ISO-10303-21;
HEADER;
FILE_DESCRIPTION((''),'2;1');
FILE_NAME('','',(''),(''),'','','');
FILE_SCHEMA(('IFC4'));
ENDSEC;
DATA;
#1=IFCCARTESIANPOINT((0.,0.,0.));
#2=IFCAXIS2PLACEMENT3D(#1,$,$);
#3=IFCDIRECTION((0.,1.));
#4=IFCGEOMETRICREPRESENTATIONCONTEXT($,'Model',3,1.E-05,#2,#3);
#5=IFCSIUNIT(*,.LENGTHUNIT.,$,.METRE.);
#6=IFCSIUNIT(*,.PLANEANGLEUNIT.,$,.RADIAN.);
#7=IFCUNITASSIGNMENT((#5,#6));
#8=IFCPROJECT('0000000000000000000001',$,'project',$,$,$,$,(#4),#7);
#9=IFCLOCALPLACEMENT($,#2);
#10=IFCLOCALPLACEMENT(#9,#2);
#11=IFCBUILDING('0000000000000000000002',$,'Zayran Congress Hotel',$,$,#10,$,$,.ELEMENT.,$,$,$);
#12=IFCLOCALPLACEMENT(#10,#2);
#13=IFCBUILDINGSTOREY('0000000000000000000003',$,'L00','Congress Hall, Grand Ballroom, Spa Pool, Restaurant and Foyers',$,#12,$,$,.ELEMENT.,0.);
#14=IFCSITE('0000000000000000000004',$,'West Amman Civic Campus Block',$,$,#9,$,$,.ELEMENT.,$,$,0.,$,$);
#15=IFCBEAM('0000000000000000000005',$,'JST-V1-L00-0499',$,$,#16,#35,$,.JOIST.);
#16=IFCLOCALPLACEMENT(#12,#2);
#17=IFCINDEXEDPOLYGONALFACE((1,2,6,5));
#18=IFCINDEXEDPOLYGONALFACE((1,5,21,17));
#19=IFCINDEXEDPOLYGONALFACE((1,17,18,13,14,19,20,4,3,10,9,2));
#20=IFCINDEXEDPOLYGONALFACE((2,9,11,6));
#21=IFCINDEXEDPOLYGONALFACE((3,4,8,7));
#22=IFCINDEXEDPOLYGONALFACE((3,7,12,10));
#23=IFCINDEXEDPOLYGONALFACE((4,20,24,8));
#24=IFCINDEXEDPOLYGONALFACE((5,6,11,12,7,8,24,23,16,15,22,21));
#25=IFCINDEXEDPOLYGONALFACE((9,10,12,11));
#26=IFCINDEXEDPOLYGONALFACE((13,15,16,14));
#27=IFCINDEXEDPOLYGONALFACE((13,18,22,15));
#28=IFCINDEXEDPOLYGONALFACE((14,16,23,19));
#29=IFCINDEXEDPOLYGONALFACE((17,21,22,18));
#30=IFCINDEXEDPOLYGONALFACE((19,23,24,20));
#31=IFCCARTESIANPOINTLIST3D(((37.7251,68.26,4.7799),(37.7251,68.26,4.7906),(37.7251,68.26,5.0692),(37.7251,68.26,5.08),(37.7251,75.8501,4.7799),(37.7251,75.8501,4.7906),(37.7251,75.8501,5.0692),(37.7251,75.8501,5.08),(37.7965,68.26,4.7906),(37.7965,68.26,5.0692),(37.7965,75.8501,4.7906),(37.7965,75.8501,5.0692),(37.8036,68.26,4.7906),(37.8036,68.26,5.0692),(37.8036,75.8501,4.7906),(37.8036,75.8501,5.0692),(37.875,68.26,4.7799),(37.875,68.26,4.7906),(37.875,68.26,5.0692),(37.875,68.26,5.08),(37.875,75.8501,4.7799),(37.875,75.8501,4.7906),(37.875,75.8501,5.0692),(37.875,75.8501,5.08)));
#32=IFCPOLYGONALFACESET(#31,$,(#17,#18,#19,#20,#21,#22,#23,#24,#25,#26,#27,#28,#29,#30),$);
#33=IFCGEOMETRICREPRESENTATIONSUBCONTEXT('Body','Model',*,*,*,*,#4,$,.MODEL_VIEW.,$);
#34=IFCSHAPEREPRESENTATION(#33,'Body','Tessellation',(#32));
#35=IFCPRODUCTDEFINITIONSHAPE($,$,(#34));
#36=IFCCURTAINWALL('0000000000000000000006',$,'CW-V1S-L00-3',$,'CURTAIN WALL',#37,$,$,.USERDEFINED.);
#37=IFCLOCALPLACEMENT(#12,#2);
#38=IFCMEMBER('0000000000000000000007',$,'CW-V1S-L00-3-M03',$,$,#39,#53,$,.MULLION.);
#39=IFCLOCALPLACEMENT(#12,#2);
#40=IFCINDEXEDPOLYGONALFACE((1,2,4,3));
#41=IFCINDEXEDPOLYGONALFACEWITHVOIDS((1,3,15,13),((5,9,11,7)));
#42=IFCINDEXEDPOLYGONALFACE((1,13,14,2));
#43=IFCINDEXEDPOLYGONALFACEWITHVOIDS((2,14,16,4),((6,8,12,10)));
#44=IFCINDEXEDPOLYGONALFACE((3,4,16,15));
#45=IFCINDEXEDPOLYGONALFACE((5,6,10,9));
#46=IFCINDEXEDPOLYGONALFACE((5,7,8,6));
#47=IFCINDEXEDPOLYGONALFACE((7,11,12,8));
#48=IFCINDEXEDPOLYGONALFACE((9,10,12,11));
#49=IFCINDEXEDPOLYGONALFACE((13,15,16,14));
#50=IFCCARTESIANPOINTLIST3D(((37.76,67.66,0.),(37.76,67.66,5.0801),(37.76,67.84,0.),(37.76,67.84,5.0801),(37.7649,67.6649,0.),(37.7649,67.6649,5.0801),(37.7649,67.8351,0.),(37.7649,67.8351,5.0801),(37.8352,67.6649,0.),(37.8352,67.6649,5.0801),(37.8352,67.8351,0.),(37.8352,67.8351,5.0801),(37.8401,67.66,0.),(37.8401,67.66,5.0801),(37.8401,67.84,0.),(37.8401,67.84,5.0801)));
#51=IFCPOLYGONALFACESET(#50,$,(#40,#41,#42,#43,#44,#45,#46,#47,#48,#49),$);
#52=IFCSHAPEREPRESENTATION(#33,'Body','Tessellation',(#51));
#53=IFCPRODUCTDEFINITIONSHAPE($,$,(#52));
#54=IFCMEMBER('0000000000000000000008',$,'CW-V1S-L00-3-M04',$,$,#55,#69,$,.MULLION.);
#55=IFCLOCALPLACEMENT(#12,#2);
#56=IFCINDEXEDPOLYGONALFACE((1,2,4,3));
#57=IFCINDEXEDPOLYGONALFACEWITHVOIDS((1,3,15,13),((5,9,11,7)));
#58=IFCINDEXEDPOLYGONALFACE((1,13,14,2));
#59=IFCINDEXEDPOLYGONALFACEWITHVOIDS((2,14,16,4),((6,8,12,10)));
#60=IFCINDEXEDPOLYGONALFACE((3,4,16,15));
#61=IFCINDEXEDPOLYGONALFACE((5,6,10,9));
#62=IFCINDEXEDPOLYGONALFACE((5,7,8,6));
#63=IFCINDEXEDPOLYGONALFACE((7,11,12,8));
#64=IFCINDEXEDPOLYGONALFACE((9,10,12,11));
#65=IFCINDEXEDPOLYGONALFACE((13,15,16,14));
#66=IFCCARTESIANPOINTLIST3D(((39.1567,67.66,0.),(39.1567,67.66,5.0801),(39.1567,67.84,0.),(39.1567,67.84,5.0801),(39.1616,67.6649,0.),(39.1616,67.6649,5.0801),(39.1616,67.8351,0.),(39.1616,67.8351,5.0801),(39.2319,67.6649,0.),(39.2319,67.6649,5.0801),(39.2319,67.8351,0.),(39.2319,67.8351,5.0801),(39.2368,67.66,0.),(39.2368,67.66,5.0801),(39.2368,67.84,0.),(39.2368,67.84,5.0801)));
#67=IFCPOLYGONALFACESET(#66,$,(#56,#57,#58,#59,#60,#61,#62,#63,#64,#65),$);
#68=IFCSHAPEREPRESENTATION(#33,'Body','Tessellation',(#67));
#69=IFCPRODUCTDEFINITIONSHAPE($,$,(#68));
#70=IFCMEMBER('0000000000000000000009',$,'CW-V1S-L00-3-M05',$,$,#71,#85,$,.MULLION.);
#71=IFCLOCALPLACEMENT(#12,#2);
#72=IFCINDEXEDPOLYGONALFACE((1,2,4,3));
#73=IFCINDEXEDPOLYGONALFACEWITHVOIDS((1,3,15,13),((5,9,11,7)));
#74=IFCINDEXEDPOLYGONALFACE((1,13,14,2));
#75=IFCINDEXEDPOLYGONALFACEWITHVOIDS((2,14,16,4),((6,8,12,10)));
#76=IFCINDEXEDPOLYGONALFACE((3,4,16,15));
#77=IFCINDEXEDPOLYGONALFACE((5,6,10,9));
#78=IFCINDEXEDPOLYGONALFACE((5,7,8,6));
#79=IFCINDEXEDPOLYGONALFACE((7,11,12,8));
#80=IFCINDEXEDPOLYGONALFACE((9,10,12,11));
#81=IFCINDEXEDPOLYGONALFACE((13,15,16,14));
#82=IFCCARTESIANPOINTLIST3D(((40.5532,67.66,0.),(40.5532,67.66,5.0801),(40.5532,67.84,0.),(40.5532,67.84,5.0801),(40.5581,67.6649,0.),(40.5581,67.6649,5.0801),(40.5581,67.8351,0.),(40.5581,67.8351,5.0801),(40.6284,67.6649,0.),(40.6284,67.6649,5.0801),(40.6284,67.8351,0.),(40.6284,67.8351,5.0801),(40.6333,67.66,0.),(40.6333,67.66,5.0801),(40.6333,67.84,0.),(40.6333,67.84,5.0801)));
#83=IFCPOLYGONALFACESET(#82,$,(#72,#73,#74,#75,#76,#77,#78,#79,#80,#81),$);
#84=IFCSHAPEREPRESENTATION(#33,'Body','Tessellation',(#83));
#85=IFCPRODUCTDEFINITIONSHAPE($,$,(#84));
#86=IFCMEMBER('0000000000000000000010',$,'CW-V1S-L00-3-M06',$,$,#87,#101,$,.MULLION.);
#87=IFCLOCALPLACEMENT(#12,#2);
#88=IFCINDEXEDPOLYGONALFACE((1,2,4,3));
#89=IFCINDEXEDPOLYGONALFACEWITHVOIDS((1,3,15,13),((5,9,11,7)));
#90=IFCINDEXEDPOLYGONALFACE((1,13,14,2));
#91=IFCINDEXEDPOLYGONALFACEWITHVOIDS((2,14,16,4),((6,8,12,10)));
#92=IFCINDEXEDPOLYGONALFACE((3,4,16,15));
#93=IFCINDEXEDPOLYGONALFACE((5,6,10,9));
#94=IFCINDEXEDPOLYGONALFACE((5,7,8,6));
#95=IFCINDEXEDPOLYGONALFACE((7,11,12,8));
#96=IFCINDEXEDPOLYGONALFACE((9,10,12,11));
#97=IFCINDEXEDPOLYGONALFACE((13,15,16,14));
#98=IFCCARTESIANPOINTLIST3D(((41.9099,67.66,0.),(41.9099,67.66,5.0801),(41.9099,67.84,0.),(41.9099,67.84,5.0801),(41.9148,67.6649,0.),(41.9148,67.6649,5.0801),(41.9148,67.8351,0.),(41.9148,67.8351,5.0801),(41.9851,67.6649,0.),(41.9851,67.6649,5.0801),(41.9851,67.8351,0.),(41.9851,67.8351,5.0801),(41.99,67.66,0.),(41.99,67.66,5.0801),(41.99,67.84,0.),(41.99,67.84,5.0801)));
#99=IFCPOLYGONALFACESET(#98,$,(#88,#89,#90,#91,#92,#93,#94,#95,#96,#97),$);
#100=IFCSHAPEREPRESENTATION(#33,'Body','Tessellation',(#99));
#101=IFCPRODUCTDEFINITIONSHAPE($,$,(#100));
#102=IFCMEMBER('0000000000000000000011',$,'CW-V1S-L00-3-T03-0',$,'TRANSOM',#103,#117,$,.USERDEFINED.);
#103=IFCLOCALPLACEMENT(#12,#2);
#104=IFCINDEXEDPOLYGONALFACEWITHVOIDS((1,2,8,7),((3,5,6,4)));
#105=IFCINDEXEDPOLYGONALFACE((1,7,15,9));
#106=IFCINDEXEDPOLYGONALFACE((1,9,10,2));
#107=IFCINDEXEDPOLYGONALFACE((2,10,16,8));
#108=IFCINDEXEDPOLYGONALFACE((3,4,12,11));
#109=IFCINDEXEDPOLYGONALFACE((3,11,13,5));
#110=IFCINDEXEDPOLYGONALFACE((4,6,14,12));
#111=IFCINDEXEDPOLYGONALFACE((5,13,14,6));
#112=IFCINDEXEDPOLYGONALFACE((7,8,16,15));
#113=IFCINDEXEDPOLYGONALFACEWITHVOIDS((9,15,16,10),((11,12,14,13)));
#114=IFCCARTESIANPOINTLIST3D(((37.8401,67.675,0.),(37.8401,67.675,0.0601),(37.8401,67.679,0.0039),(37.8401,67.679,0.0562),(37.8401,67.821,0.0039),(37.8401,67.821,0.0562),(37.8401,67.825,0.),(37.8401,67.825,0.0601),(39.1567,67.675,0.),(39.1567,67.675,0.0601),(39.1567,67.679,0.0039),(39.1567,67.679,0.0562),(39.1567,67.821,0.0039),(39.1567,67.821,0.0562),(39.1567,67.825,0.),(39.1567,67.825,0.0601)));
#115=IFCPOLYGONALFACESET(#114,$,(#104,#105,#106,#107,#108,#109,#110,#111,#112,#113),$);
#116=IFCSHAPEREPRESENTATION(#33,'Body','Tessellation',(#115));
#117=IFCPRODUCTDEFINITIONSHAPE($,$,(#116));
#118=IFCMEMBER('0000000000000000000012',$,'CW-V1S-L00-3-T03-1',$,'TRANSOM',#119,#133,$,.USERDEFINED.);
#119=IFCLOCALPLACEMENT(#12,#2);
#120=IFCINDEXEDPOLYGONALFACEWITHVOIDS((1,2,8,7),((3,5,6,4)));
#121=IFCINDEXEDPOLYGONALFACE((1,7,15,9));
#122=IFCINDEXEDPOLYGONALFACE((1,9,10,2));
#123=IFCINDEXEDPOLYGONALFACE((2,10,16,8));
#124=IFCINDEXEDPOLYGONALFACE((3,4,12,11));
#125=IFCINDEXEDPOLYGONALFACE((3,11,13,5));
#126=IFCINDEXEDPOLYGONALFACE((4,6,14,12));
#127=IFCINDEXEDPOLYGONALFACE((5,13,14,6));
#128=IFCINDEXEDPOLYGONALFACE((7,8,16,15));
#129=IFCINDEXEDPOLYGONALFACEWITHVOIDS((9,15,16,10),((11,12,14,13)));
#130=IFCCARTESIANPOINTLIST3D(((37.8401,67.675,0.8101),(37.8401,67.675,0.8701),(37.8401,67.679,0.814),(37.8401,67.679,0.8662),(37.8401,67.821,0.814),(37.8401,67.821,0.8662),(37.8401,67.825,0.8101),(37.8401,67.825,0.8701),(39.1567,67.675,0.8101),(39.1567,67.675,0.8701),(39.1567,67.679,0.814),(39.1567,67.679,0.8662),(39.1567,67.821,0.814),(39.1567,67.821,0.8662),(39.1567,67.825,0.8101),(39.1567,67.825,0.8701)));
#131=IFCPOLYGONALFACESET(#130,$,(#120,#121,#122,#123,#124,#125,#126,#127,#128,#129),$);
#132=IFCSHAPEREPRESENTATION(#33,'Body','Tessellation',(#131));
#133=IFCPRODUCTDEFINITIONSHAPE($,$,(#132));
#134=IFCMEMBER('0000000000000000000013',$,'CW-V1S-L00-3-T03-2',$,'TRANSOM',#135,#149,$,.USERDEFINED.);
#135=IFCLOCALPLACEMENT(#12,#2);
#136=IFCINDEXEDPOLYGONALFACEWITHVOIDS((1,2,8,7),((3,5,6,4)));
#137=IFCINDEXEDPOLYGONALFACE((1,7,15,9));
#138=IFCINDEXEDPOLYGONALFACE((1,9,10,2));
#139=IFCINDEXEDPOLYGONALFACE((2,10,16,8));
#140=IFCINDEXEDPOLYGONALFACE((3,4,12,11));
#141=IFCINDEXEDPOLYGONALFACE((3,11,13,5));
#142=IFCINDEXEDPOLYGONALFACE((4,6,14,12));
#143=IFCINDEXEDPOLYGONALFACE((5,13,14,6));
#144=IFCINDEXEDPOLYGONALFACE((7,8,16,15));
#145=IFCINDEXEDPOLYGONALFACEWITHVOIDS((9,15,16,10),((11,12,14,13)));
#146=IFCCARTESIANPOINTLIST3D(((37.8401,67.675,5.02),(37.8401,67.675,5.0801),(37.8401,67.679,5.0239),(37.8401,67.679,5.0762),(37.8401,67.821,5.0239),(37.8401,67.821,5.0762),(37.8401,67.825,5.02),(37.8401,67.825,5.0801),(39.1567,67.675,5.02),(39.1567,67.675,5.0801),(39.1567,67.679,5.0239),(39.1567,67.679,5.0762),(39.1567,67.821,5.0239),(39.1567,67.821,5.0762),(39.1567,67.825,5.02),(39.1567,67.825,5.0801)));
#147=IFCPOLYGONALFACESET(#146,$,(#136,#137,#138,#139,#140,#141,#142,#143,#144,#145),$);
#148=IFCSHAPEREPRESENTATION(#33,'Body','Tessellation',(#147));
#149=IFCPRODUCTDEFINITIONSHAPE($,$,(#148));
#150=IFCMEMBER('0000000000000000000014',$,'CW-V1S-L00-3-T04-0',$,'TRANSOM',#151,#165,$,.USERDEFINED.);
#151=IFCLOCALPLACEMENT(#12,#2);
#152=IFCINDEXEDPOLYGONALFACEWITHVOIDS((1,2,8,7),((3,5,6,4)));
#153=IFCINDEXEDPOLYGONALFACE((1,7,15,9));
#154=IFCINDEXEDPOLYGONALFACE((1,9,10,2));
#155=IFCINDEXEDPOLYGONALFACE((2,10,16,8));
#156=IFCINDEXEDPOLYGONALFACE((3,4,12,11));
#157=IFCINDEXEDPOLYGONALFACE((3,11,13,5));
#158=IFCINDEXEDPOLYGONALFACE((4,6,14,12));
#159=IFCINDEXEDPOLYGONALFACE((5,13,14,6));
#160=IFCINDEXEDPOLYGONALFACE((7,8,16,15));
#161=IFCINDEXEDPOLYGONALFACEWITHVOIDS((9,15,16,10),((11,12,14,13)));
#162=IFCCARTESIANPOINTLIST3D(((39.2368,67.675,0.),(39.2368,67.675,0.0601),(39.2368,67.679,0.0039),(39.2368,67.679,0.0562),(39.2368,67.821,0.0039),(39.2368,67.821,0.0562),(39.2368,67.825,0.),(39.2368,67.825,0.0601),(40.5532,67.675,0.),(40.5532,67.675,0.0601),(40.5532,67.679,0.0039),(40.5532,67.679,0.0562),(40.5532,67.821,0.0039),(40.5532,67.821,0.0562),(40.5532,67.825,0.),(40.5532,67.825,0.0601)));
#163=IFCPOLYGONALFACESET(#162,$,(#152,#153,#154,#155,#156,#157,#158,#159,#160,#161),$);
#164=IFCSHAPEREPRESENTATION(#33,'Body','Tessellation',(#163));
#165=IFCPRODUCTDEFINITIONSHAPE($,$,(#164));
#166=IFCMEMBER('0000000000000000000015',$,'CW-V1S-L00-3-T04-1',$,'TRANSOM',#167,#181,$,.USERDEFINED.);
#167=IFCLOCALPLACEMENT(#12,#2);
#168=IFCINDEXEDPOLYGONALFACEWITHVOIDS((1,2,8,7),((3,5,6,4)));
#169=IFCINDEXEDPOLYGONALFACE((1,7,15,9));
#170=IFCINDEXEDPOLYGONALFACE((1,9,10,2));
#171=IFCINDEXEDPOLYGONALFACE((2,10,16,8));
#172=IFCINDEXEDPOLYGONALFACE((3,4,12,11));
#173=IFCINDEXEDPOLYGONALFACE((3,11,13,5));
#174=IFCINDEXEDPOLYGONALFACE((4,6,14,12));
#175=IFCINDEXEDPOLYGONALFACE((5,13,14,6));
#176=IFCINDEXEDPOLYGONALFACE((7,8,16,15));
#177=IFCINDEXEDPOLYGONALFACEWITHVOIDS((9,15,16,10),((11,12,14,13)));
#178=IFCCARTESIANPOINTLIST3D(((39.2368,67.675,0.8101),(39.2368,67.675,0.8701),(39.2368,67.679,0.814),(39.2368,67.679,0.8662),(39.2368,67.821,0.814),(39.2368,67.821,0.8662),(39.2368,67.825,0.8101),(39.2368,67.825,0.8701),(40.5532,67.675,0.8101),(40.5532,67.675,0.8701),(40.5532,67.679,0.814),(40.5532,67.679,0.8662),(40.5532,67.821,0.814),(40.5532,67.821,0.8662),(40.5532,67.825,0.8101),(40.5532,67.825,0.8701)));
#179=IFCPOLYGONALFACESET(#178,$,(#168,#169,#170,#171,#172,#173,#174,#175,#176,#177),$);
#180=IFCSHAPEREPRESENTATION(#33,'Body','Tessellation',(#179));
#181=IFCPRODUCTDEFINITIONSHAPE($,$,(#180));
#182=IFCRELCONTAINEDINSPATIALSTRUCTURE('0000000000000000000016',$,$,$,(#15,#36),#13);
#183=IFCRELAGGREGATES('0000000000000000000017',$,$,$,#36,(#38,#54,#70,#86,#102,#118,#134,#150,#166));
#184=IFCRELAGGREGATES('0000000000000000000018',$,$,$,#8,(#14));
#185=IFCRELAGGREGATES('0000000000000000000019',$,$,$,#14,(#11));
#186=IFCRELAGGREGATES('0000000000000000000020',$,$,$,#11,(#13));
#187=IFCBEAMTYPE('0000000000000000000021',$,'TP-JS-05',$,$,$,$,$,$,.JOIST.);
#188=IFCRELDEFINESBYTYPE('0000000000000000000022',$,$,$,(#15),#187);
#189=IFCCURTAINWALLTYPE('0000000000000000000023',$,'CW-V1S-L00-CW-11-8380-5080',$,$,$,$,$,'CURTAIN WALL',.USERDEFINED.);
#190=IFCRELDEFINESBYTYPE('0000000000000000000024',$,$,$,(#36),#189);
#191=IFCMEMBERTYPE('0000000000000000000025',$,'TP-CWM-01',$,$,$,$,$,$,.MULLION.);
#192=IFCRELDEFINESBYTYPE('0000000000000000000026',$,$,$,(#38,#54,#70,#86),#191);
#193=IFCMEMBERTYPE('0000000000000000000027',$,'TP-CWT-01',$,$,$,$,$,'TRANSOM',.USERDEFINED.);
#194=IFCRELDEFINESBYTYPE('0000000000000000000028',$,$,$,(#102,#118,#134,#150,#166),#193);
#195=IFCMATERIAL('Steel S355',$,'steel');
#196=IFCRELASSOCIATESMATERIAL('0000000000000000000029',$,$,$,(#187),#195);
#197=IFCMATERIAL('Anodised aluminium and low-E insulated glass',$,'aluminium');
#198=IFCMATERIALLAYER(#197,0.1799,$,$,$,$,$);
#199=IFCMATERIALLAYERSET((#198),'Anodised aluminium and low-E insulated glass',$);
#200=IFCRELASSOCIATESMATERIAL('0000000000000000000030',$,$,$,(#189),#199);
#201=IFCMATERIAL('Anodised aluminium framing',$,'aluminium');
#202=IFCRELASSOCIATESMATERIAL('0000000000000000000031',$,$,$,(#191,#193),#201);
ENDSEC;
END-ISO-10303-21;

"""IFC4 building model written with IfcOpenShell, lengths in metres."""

from ifc_helpers import new_model, si_unit, direction, frame, origin, origin_2d, place, context, subcontext, project, spatial, hollow_rectangle, i_section, extrude, material, layer, layer_set, material_profile, profile_set, type_object, element, aggregate, save


model = new_model("IFC4")

# Units and contexts
model_context = context("Model", 3, precision=1e-05, world=origin(), true_north=direction((0.0, 1.0)))
body_context = subcontext(model_context, "Body", "Model", "MODEL_VIEW")
ifc_project = project(units=[si_unit("LENGTHUNIT", "METRE"), si_unit("PLANEANGLEUNIT", "RADIAN")], contexts=[model_context])

# Site, building, storey
site_placement = place(None, origin())
site = spatial("IfcSite", under=ifc_project, at=site_placement, Name="West Amman Civic Campus Block", CompositionType="ELEMENT", RefElevation=0.0)
building_placement = place(site_placement, origin())
building = spatial("IfcBuilding", under=site, at=building_placement, Name="Zayran Congress Hotel", CompositionType="ELEMENT")
storey_placement = place(building_placement, origin())
storey = spatial("IfcBuildingStorey", under=building, at=storey_placement, Name="L00", Description="Congress Hall, Grand Ballroom, Spa Pool, Restaurant and Foyers", CompositionType="ELEMENT", Elevation=0.0)

# Beam
ifc_material_1 = material(Name="Steel S355", Category="steel")
ifc_material_profile_1 = material_profile(ifc_material_1, i_section(OverallWidth=0.1499, OverallDepth=0.3, WebThickness=0.0071, FlangeThickness=0.0107, at=origin_2d()), Name="IPE 300")
ifc_profile_set_1 = profile_set([ifc_material_profile_1], Name="Steel S355")
beam_type = type_object("IfcBeamType", Name="TP-JS-05", PredefinedType="JOIST", material=ifc_profile_set_1)
beam_placement = place(storey_placement, frame((37.8, 68.26, 4.9299), z_axis=(0.0, 1.0, 0.0), x_axis=(-1.0, 0.0, 0.0)))
element("IfcBeam", 1, at=beam_placement, inside=storey, type_object=beam_type, Name="JST-V1-L00-0499", PredefinedType="JOIST", context=body_context, shape_type="SweptSolid", body=[
    extrude(i_section(OverallWidth=0.1499, OverallDepth=0.3, WebThickness=0.0071, FlangeThickness=0.0107, at=origin_2d()), origin(), (0.0, 0.0, 1.0), 7.5901),
])

# Curtain wall, members
ifc_material_2 = material(Name="Anodised aluminium and low-E insulated glass", Category="aluminium")
ifc_layer_1 = layer(ifc_material_2, 0.1799)
ifc_layer_set_1 = layer_set([ifc_layer_1], Name="Anodised aluminium and low-E insulated glass")
curtain_wall_type = type_object("IfcCurtainWallType", Name="CW-V1S-L00-CW-11-8380-5080", ElementType="CURTAIN WALL", PredefinedType="USERDEFINED", material=ifc_layer_set_1)
curtain_wall_placement = place(storey_placement, origin())
curtain_wall = element("IfcCurtainWall", 2, at=curtain_wall_placement, inside=storey, type_object=curtain_wall_type, Name="CW-V1S-L00-3", ObjectType="CURTAIN WALL", PredefinedType="USERDEFINED")
ifc_material_3 = material(Name="Anodised aluminium framing", Category="aluminium")
ifc_material_profile_2 = material_profile(ifc_material_3, hollow_rectangle(XDim=0.0801, YDim=0.1799, WallThickness=0.0049, at=origin_2d()), Name="RHS 180x80x5")
ifc_profile_set_2 = profile_set([ifc_material_profile_2], Name="Anodised aluminium framing")
member_type_1 = type_object("IfcMemberType", Name="TP-CWM-01", PredefinedType="MULLION", material=ifc_profile_set_2)
member_1_placement = place(storey_placement, frame((37.8, 67.75, 0.0), z_axis=(0.0, 0.0, 1.0), x_axis=(1.0, 0.0, 0.0)))
member_1 = element("IfcMember", 3, at=member_1_placement, type_object=member_type_1, Name="CW-V1S-L00-3-M03", PredefinedType="MULLION", context=body_context, shape_type="SweptSolid", body=[
    extrude(hollow_rectangle(XDim=0.0801, YDim=0.1799, WallThickness=0.0049, at=origin_2d()), origin(), (0.0, 0.0, 1.0), 5.0801),
])
member_2_placement = place(storey_placement, frame((39.1968, 67.75, 0.0), z_axis=(0.0, 0.0, 1.0), x_axis=(1.0, 0.0, 0.0)))
member_2 = element("IfcMember", 4, at=member_2_placement, type_object=member_type_1, Name="CW-V1S-L00-3-M04", PredefinedType="MULLION", context=body_context, shape_type="SweptSolid", body=[
    extrude(hollow_rectangle(XDim=0.0801, YDim=0.1799, WallThickness=0.0049, at=origin_2d()), origin(), (0.0, 0.0, 1.0), 5.0801),
])
member_3_placement = place(storey_placement, frame((40.5933, 67.75, 0.0), z_axis=(0.0, 0.0, 1.0), x_axis=(1.0, 0.0, 0.0)))
member_3 = element("IfcMember", 5, at=member_3_placement, type_object=member_type_1, Name="CW-V1S-L00-3-M05", PredefinedType="MULLION", context=body_context, shape_type="SweptSolid", body=[
    extrude(hollow_rectangle(XDim=0.0801, YDim=0.1799, WallThickness=0.0049, at=origin_2d()), origin(), (0.0, 0.0, 1.0), 5.0801),
])
member_4_placement = place(storey_placement, frame((41.95, 67.75, 0.0), z_axis=(0.0, 0.0, 1.0), x_axis=(1.0, 0.0, 0.0)))
member_4 = element("IfcMember", 6, at=member_4_placement, type_object=member_type_1, Name="CW-V1S-L00-3-M06", PredefinedType="MULLION", context=body_context, shape_type="SweptSolid", body=[
    extrude(hollow_rectangle(XDim=0.0801, YDim=0.1799, WallThickness=0.0049, at=origin_2d()), origin(), (0.0, 0.0, 1.0), 5.0801),
])
ifc_material_profile_3 = material_profile(ifc_material_3, hollow_rectangle(XDim=0.0601, YDim=0.1499, WallThickness=0.0039, at=origin_2d()), Name="RHS 150x60x4")
ifc_profile_set_3 = profile_set([ifc_material_profile_3], Name="Anodised aluminium framing")
member_type_2 = type_object("IfcMemberType", Name="TP-CWT-01", ElementType="TRANSOM", PredefinedType="USERDEFINED", material=ifc_profile_set_3)
member_5_placement = place(storey_placement, frame((37.8401, 67.75, 0.03), z_axis=(1.0, 0.0, 0.0), x_axis=(0.0, 0.0, 1.0)))
member_5 = element("IfcMember", 7, at=member_5_placement, type_object=member_type_2, Name="CW-V1S-L00-3-T03-0", ObjectType="TRANSOM", PredefinedType="USERDEFINED", context=body_context, shape_type="SweptSolid", body=[
    extrude(hollow_rectangle(XDim=0.0601, YDim=0.1499, WallThickness=0.0039, at=origin_2d()), origin(), (0.0, 0.0, 1.0), 1.3167),
])
member_6_placement = place(storey_placement, frame((37.8401, 67.75, 0.8401), z_axis=(1.0, 0.0, 0.0), x_axis=(0.0, 0.0, 1.0)))
member_6 = element("IfcMember", 8, at=member_6_placement, type_object=member_type_2, Name="CW-V1S-L00-3-T03-1", ObjectType="TRANSOM", PredefinedType="USERDEFINED", context=body_context, shape_type="SweptSolid", body=[
    extrude(hollow_rectangle(XDim=0.0601, YDim=0.1499, WallThickness=0.0039, at=origin_2d()), origin(), (0.0, 0.0, 1.0), 1.3167),
])
member_7_placement = place(storey_placement, frame((37.8401, 67.75, 5.05), z_axis=(1.0, 0.0, 0.0), x_axis=(0.0, 0.0, 1.0)))
member_7 = element("IfcMember", 9, at=member_7_placement, type_object=member_type_2, Name="CW-V1S-L00-3-T03-2", ObjectType="TRANSOM", PredefinedType="USERDEFINED", context=body_context, shape_type="SweptSolid", body=[
    extrude(hollow_rectangle(XDim=0.0601, YDim=0.1499, WallThickness=0.0039, at=origin_2d()), origin(), (0.0, 0.0, 1.0), 1.3167),
])
member_8_placement = place(storey_placement, frame((39.2368, 67.75, 0.03), z_axis=(1.0, 0.0, 0.0), x_axis=(0.0, 0.0, 1.0)))
member_8 = element("IfcMember", 10, at=member_8_placement, type_object=member_type_2, Name="CW-V1S-L00-3-T04-0", ObjectType="TRANSOM", PredefinedType="USERDEFINED", context=body_context, shape_type="SweptSolid", body=[
    extrude(hollow_rectangle(XDim=0.0601, YDim=0.1499, WallThickness=0.0039, at=origin_2d()), origin(), (0.0, 0.0, 1.0), 1.3164),
])
member_9_placement = place(storey_placement, frame((39.2368, 67.75, 0.8401), z_axis=(1.0, 0.0, 0.0), x_axis=(0.0, 0.0, 1.0)))
member_9 = element("IfcMember", 11, at=member_9_placement, type_object=member_type_2, Name="CW-V1S-L00-3-T04-1", ObjectType="TRANSOM", PredefinedType="USERDEFINED", context=body_context, shape_type="SweptSolid", body=[
    extrude(hollow_rectangle(XDim=0.0601, YDim=0.1499, WallThickness=0.0039, at=origin_2d()), origin(), (0.0, 0.0, 1.0), 1.3164),
])
aggregate(curtain_wall, [member_1, member_2, member_3, member_4, member_5, member_6, member_7, member_8, member_9])

save(model, "model.ifc")
